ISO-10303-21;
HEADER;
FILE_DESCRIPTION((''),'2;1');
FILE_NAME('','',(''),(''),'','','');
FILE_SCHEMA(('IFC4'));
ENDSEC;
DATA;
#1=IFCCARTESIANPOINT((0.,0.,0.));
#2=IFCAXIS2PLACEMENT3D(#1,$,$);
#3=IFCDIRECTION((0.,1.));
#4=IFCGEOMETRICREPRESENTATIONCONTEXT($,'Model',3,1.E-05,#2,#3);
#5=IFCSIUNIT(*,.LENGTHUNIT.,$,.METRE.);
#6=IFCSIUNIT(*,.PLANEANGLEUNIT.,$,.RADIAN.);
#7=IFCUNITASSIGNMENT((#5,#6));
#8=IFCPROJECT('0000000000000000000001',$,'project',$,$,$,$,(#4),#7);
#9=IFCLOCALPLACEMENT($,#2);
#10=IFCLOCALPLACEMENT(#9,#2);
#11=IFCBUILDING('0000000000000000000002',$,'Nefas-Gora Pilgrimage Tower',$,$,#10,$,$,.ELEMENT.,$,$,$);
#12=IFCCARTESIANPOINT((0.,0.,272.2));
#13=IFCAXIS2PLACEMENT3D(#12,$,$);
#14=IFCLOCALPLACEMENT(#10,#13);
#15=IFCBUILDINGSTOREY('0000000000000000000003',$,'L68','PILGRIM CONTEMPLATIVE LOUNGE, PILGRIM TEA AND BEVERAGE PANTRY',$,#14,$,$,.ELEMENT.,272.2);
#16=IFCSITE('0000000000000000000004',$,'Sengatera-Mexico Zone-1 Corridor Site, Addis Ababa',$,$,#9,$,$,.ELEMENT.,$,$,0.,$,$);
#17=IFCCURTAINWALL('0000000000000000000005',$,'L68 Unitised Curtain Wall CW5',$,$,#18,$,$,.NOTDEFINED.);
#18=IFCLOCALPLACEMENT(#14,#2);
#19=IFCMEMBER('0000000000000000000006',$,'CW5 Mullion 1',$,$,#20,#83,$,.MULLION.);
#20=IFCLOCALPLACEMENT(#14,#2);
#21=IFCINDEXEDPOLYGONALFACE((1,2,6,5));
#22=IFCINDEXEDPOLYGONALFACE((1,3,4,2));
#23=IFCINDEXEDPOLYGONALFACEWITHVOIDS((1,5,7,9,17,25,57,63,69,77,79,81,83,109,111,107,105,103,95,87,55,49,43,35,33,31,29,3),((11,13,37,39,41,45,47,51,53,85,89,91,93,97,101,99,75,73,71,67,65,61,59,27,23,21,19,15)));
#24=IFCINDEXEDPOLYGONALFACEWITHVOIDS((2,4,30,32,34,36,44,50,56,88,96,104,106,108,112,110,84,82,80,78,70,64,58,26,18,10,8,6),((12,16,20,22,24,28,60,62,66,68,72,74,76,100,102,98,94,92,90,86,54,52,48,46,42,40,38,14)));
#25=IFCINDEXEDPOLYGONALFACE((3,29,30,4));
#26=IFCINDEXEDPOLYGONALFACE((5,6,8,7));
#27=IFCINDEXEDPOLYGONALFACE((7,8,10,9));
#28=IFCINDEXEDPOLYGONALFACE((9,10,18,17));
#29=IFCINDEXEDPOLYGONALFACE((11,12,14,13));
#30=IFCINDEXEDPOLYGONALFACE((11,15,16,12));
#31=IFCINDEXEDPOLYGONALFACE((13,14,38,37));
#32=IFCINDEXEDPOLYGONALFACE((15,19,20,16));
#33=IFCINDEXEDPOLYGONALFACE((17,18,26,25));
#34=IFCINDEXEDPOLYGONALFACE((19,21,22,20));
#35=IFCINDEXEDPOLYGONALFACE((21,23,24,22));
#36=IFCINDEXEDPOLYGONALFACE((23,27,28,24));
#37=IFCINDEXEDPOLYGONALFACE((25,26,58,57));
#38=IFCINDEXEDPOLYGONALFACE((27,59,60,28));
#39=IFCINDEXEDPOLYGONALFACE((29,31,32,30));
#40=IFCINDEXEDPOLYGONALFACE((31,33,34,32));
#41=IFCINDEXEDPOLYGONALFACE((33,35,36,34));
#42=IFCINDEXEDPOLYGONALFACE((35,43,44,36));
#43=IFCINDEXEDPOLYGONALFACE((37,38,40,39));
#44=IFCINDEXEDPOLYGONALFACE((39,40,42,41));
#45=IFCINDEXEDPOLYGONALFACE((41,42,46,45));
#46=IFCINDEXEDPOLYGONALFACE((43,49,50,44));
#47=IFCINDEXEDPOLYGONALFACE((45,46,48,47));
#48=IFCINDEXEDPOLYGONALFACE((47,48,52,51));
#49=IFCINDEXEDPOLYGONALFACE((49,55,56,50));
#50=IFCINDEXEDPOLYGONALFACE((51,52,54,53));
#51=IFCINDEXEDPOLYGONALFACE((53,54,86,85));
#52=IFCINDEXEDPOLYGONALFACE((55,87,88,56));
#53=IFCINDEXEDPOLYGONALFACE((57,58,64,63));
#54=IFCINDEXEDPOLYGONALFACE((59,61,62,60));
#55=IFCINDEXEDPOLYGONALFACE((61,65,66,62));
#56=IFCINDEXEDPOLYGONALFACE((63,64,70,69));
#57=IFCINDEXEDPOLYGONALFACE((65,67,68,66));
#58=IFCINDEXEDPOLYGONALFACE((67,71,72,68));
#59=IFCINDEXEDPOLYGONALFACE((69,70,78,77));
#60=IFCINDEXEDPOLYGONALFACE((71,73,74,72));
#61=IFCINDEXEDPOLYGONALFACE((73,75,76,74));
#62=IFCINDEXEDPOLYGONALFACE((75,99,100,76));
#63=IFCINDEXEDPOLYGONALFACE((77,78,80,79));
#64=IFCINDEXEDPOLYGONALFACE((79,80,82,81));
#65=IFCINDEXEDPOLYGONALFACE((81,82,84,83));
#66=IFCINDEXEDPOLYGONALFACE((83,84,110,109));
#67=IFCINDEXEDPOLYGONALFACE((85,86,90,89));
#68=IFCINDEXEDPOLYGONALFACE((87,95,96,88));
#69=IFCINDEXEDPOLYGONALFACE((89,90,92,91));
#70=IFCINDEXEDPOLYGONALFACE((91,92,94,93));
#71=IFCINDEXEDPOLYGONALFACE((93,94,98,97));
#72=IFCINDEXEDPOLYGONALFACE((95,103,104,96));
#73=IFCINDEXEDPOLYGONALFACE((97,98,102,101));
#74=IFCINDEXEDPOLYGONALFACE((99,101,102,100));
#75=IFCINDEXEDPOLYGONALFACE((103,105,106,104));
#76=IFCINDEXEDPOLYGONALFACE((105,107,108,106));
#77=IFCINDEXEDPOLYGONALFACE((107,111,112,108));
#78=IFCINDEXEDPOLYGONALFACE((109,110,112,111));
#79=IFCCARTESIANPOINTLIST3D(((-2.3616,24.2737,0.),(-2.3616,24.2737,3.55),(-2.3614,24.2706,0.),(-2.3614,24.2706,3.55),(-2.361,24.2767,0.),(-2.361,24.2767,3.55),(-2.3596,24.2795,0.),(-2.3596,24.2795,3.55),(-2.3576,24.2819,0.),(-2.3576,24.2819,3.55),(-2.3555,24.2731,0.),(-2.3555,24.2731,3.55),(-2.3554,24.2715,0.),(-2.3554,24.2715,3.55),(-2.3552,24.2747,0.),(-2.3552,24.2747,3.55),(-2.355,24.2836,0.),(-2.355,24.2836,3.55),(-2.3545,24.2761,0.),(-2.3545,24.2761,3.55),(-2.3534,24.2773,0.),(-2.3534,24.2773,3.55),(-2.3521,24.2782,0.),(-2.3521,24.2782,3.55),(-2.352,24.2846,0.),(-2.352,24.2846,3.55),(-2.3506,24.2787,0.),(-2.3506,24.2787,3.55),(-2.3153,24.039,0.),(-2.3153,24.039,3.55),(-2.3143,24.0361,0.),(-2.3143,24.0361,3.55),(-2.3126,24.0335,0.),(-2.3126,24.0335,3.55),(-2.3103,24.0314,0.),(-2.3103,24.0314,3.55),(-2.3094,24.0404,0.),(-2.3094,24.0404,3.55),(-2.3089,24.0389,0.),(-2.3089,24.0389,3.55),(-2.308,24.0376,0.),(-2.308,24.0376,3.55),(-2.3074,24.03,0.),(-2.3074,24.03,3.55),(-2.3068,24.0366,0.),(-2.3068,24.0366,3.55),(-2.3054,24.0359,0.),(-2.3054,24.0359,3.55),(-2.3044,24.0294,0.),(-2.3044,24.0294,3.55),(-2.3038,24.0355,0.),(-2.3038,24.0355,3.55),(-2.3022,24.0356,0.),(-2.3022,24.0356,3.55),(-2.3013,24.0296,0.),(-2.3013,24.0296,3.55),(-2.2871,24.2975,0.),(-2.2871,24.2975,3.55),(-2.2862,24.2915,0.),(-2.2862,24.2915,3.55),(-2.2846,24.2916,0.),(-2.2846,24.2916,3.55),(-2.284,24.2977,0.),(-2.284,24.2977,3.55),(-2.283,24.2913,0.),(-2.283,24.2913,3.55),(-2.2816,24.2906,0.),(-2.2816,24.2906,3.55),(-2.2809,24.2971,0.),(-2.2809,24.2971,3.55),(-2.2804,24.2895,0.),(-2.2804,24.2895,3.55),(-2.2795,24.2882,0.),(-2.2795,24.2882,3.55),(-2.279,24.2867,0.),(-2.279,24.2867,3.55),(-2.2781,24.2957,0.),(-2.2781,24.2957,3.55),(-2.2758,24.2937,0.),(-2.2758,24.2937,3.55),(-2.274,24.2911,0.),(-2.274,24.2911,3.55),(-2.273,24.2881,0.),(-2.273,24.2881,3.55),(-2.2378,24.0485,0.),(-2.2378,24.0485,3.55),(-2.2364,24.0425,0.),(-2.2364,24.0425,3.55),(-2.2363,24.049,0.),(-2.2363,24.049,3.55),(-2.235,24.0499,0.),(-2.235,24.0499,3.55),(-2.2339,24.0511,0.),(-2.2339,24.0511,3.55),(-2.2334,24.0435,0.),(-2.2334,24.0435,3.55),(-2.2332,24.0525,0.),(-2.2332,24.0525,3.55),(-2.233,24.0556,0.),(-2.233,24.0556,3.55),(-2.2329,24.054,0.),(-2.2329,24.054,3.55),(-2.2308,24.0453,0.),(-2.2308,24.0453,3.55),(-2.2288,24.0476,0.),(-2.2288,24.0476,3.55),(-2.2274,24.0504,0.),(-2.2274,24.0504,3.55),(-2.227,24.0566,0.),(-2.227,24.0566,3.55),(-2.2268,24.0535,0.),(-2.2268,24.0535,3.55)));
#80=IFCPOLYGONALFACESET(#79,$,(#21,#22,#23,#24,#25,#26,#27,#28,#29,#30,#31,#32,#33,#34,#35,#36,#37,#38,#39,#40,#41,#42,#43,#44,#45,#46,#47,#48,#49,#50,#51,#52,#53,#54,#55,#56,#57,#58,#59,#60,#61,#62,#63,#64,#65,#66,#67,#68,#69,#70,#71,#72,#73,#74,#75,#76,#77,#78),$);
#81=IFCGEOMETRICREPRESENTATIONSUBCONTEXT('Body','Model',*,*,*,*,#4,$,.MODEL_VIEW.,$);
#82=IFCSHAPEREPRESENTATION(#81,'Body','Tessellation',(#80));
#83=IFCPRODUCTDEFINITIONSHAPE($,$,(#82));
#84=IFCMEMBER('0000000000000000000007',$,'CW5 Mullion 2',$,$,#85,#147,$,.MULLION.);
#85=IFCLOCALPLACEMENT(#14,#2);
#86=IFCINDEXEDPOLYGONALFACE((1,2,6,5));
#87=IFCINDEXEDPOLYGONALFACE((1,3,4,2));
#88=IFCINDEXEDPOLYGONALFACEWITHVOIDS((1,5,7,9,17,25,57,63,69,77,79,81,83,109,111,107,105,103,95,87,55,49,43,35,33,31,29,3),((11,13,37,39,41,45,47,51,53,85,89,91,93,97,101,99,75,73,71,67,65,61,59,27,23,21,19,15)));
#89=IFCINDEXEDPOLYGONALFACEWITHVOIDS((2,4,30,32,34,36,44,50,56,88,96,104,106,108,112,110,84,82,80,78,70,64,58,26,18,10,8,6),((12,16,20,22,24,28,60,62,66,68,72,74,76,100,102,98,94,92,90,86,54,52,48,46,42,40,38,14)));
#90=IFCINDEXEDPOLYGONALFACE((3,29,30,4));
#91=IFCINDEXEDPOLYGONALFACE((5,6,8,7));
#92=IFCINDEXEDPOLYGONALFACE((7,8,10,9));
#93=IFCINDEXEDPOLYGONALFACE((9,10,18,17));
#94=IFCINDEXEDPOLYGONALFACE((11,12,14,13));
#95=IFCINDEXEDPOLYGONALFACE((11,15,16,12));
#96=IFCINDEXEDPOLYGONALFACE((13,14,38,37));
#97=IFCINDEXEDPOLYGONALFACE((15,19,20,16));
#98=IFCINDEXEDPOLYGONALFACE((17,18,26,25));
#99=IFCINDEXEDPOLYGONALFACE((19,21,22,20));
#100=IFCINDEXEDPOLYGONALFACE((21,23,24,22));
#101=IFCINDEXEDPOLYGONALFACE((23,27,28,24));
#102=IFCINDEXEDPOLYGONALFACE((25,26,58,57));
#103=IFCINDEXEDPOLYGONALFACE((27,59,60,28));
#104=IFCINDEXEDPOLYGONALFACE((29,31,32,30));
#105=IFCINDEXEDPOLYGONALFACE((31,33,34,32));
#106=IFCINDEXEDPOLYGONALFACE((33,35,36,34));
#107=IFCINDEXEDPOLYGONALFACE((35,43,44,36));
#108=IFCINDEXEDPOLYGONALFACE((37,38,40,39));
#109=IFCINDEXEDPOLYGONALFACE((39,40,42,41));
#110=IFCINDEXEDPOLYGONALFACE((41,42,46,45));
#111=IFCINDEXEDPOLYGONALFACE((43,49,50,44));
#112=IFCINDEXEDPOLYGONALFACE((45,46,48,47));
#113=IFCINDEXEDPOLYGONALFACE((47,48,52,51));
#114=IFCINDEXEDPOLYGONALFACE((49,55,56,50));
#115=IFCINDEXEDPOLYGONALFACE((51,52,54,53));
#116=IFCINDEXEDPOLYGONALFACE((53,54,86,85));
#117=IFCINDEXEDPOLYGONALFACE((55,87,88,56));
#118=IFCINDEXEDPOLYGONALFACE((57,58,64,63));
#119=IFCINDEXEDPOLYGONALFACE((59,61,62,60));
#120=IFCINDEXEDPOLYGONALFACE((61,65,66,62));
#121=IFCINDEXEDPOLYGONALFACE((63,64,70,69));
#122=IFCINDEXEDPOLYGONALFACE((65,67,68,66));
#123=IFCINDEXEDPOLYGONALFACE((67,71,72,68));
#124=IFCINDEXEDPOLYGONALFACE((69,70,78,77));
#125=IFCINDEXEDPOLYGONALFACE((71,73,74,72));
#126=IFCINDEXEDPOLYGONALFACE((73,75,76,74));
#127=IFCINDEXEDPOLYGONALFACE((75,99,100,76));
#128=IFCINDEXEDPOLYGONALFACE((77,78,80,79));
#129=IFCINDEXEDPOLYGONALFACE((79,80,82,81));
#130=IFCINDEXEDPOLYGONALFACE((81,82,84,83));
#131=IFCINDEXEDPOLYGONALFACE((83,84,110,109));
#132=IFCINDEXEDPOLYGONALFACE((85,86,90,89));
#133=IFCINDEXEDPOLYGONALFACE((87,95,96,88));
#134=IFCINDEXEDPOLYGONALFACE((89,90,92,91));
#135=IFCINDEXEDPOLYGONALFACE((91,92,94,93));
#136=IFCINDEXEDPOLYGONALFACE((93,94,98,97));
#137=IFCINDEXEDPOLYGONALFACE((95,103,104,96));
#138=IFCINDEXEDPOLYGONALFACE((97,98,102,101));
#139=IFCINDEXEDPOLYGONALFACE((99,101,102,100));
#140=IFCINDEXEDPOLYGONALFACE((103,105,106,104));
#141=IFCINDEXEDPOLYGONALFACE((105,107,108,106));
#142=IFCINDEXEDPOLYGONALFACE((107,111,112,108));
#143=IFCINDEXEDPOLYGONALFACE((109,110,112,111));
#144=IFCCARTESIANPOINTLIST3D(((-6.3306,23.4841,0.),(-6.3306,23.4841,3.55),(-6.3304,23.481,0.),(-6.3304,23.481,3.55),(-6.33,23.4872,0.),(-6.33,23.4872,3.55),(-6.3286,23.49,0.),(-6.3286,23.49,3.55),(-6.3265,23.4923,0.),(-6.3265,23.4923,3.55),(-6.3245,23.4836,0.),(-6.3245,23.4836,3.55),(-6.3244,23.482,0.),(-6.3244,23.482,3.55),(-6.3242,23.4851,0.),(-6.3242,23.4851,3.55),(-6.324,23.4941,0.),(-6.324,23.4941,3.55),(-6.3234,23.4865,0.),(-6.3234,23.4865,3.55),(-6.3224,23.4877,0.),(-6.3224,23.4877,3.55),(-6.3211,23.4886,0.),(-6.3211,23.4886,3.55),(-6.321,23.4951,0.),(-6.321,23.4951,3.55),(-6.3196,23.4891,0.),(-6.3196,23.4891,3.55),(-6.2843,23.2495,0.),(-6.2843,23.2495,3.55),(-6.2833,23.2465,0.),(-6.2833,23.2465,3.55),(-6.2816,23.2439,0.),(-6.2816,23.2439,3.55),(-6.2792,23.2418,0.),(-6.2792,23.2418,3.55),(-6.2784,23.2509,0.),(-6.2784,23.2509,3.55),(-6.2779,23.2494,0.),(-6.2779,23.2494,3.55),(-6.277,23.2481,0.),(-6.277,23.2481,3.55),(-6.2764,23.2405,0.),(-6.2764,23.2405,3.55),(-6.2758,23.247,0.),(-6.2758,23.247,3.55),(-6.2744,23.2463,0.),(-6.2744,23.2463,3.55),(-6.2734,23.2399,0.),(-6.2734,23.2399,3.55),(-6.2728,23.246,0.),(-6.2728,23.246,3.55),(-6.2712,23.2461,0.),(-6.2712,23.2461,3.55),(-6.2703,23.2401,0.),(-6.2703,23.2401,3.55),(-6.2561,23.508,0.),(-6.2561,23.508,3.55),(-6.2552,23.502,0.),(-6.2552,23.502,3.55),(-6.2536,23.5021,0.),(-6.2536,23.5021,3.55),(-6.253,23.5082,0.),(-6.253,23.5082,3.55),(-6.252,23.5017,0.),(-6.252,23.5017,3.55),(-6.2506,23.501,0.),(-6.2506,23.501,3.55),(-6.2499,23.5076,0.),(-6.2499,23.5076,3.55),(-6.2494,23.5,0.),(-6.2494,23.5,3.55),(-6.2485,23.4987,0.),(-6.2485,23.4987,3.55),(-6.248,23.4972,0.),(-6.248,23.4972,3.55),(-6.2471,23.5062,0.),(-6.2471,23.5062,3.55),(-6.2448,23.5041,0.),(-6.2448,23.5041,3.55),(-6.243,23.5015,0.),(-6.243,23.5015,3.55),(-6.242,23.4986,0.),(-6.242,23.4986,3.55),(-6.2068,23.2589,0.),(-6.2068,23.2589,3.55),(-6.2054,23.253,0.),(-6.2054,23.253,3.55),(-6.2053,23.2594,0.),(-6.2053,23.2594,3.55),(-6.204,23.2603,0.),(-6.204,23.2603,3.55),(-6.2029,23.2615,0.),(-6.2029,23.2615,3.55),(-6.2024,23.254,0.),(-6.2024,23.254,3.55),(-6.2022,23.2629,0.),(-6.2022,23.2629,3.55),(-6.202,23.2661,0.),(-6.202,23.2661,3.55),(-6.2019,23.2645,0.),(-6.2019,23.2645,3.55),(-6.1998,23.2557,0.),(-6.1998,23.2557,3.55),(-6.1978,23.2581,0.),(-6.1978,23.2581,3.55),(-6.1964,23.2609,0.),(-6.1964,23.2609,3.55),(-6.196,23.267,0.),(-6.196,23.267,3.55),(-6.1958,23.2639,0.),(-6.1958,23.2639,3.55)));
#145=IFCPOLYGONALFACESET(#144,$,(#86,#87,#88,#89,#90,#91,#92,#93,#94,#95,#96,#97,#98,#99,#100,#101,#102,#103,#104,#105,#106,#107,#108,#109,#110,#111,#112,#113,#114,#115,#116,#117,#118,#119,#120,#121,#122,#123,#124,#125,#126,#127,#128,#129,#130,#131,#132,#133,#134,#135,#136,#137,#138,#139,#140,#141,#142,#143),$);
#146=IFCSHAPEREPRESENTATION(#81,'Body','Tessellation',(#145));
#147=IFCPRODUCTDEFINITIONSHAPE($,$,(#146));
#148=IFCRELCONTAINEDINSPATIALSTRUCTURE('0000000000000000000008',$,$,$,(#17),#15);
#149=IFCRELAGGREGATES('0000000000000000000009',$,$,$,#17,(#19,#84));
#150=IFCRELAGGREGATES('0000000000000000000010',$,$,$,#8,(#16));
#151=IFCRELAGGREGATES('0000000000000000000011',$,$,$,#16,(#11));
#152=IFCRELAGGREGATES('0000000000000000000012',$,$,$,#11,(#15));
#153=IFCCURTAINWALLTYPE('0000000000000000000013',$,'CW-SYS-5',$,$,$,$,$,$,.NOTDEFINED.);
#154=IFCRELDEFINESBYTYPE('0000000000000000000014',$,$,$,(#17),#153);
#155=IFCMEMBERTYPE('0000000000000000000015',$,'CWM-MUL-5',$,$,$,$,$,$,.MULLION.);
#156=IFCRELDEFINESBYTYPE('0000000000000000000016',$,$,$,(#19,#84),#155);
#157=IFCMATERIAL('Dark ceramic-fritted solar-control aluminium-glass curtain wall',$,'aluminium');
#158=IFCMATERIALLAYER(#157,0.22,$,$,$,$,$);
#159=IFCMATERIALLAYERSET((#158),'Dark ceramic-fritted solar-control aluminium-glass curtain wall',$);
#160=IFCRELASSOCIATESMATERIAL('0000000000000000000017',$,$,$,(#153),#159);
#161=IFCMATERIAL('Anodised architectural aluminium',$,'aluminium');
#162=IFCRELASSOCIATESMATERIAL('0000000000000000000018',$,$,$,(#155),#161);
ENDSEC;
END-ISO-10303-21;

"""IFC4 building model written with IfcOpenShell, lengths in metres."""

from ifc_helpers import new_model, si_unit, direction, frame, origin, origin_2d, place, context, subcontext, project, spatial, hollow_rectangle, extrude, source, transform, mapped, material, layer, layer_set, material_profile, profile_set, type_object, element, aggregate, save


model = new_model("IFC4")

# Units and contexts
model_context = context("Model", 3, precision=1e-05, world=origin(), true_north=direction((0.0, 1.0)))
body_context = subcontext(model_context, "Body", "Model", "MODEL_VIEW")
ifc_project = project(units=[si_unit("LENGTHUNIT", "METRE"), si_unit("PLANEANGLEUNIT", "RADIAN")], contexts=[model_context])

# Site, building, storey
site_placement = place(None, origin())
site = spatial("IfcSite", under=ifc_project, at=site_placement, Name="Sengatera-Mexico Zone-1 Corridor Site, Addis Ababa", CompositionType="ELEMENT", RefElevation=0.0)
building_placement = place(site_placement, origin())
building = spatial("IfcBuilding", under=site, at=building_placement, Name="Nefas-Gora Pilgrimage Tower", CompositionType="ELEMENT")
storey_placement = place(building_placement, frame((0.0, 0.0, 272.2)))
storey = spatial("IfcBuildingStorey", under=building, at=storey_placement, Name="L68", Description="PILGRIM CONTEMPLATIVE LOUNGE, PILGRIM TEA AND BEVERAGE PANTRY", CompositionType="ELEMENT", Elevation=272.2)

# Curtain wall, members
ifc_material_1 = material(Name="Dark ceramic-fritted solar-control aluminium-glass curtain wall", Category="aluminium")
ifc_layer_1 = layer(ifc_material_1, 0.22)
ifc_layer_set_1 = layer_set([ifc_layer_1], Name="Dark ceramic-fritted solar-control aluminium-glass curtain wall")
curtain_wall_type = type_object("IfcCurtainWallType", Name="CW-SYS-5", PredefinedType="NOTDEFINED", material=ifc_layer_set_1)
curtain_wall_1_placement = place(storey_placement, origin())
curtain_wall_1 = element("IfcCurtainWall", 1, at=curtain_wall_1_placement, inside=storey, type_object=curtain_wall_type, Name="L68 Unitised Curtain Wall CW5", PredefinedType="NOTDEFINED")
ifc_material_2 = material(Name="Anodised architectural aluminium", Category="aluminium")
ifc_material_profile_1 = material_profile(ifc_material_2, hollow_rectangle(XDim=0.0901, YDim=0.26, WallThickness=0.0061, InnerFilletRadius=0.0061, OuterFilletRadius=0.012, at=origin_2d()), Name="ALU MULLION 90x260")
ifc_profile_set_1 = profile_set([ifc_material_profile_1], Name="Anodised architectural aluminium")
member_type_1 = type_object("IfcMemberType", Name="CWM-MUL-5", PredefinedType="MULLION", material=ifc_profile_set_1)
shared_shape_1 = source(origin(), body_context, "Body", "SweptSolid", [
    extrude(hollow_rectangle(XDim=0.0901, YDim=0.26, WallThickness=0.0061, InnerFilletRadius=0.0061, OuterFilletRadius=0.012, at=origin_2d()), origin(), (0.0, 0.0, 1.0), 3.55),
])
member_1_placement = place(storey_placement, frame((-2.2942, 24.1636, 0.0), z_axis=(0.0, 0.0, 1.0), x_axis=(-0.980783, -0.195102, 0.0)))
member_1 = element("IfcMember", 2, at=member_1_placement, type_object=member_type_1, Name="CW5 Mullion 1", PredefinedType="MULLION", context=body_context, shape_type="MappedRepresentation", body=[
    mapped(shared_shape_1, transform((0.0, 0.0, 0.0), x_axis=(1.0, 0.0, 0.0), y_axis=(0.0, 1.0, 0.0), z_axis=(0.0, 0.0, 1.0), scale=1.0)),
])
member_2_placement = place(storey_placement, frame((-6.2632, 23.374, 0.0), z_axis=(0.0, 0.0, 1.0), x_axis=(-0.980783, -0.195102, 0.0)))
member_2 = element("IfcMember", 3, at=member_2_placement, type_object=member_type_1, Name="CW5 Mullion 2", PredefinedType="MULLION", context=body_context, shape_type="MappedRepresentation", body=[
    mapped(shared_shape_1, transform((0.0, 0.0, 0.0), x_axis=(1.0, 0.0, 0.0), y_axis=(0.0, 1.0, 0.0), z_axis=(0.0, 0.0, 1.0), scale=1.0)),
])

aggregate(curtain_wall_1, [member_1, member_2])

save(model, "model.ifc")
